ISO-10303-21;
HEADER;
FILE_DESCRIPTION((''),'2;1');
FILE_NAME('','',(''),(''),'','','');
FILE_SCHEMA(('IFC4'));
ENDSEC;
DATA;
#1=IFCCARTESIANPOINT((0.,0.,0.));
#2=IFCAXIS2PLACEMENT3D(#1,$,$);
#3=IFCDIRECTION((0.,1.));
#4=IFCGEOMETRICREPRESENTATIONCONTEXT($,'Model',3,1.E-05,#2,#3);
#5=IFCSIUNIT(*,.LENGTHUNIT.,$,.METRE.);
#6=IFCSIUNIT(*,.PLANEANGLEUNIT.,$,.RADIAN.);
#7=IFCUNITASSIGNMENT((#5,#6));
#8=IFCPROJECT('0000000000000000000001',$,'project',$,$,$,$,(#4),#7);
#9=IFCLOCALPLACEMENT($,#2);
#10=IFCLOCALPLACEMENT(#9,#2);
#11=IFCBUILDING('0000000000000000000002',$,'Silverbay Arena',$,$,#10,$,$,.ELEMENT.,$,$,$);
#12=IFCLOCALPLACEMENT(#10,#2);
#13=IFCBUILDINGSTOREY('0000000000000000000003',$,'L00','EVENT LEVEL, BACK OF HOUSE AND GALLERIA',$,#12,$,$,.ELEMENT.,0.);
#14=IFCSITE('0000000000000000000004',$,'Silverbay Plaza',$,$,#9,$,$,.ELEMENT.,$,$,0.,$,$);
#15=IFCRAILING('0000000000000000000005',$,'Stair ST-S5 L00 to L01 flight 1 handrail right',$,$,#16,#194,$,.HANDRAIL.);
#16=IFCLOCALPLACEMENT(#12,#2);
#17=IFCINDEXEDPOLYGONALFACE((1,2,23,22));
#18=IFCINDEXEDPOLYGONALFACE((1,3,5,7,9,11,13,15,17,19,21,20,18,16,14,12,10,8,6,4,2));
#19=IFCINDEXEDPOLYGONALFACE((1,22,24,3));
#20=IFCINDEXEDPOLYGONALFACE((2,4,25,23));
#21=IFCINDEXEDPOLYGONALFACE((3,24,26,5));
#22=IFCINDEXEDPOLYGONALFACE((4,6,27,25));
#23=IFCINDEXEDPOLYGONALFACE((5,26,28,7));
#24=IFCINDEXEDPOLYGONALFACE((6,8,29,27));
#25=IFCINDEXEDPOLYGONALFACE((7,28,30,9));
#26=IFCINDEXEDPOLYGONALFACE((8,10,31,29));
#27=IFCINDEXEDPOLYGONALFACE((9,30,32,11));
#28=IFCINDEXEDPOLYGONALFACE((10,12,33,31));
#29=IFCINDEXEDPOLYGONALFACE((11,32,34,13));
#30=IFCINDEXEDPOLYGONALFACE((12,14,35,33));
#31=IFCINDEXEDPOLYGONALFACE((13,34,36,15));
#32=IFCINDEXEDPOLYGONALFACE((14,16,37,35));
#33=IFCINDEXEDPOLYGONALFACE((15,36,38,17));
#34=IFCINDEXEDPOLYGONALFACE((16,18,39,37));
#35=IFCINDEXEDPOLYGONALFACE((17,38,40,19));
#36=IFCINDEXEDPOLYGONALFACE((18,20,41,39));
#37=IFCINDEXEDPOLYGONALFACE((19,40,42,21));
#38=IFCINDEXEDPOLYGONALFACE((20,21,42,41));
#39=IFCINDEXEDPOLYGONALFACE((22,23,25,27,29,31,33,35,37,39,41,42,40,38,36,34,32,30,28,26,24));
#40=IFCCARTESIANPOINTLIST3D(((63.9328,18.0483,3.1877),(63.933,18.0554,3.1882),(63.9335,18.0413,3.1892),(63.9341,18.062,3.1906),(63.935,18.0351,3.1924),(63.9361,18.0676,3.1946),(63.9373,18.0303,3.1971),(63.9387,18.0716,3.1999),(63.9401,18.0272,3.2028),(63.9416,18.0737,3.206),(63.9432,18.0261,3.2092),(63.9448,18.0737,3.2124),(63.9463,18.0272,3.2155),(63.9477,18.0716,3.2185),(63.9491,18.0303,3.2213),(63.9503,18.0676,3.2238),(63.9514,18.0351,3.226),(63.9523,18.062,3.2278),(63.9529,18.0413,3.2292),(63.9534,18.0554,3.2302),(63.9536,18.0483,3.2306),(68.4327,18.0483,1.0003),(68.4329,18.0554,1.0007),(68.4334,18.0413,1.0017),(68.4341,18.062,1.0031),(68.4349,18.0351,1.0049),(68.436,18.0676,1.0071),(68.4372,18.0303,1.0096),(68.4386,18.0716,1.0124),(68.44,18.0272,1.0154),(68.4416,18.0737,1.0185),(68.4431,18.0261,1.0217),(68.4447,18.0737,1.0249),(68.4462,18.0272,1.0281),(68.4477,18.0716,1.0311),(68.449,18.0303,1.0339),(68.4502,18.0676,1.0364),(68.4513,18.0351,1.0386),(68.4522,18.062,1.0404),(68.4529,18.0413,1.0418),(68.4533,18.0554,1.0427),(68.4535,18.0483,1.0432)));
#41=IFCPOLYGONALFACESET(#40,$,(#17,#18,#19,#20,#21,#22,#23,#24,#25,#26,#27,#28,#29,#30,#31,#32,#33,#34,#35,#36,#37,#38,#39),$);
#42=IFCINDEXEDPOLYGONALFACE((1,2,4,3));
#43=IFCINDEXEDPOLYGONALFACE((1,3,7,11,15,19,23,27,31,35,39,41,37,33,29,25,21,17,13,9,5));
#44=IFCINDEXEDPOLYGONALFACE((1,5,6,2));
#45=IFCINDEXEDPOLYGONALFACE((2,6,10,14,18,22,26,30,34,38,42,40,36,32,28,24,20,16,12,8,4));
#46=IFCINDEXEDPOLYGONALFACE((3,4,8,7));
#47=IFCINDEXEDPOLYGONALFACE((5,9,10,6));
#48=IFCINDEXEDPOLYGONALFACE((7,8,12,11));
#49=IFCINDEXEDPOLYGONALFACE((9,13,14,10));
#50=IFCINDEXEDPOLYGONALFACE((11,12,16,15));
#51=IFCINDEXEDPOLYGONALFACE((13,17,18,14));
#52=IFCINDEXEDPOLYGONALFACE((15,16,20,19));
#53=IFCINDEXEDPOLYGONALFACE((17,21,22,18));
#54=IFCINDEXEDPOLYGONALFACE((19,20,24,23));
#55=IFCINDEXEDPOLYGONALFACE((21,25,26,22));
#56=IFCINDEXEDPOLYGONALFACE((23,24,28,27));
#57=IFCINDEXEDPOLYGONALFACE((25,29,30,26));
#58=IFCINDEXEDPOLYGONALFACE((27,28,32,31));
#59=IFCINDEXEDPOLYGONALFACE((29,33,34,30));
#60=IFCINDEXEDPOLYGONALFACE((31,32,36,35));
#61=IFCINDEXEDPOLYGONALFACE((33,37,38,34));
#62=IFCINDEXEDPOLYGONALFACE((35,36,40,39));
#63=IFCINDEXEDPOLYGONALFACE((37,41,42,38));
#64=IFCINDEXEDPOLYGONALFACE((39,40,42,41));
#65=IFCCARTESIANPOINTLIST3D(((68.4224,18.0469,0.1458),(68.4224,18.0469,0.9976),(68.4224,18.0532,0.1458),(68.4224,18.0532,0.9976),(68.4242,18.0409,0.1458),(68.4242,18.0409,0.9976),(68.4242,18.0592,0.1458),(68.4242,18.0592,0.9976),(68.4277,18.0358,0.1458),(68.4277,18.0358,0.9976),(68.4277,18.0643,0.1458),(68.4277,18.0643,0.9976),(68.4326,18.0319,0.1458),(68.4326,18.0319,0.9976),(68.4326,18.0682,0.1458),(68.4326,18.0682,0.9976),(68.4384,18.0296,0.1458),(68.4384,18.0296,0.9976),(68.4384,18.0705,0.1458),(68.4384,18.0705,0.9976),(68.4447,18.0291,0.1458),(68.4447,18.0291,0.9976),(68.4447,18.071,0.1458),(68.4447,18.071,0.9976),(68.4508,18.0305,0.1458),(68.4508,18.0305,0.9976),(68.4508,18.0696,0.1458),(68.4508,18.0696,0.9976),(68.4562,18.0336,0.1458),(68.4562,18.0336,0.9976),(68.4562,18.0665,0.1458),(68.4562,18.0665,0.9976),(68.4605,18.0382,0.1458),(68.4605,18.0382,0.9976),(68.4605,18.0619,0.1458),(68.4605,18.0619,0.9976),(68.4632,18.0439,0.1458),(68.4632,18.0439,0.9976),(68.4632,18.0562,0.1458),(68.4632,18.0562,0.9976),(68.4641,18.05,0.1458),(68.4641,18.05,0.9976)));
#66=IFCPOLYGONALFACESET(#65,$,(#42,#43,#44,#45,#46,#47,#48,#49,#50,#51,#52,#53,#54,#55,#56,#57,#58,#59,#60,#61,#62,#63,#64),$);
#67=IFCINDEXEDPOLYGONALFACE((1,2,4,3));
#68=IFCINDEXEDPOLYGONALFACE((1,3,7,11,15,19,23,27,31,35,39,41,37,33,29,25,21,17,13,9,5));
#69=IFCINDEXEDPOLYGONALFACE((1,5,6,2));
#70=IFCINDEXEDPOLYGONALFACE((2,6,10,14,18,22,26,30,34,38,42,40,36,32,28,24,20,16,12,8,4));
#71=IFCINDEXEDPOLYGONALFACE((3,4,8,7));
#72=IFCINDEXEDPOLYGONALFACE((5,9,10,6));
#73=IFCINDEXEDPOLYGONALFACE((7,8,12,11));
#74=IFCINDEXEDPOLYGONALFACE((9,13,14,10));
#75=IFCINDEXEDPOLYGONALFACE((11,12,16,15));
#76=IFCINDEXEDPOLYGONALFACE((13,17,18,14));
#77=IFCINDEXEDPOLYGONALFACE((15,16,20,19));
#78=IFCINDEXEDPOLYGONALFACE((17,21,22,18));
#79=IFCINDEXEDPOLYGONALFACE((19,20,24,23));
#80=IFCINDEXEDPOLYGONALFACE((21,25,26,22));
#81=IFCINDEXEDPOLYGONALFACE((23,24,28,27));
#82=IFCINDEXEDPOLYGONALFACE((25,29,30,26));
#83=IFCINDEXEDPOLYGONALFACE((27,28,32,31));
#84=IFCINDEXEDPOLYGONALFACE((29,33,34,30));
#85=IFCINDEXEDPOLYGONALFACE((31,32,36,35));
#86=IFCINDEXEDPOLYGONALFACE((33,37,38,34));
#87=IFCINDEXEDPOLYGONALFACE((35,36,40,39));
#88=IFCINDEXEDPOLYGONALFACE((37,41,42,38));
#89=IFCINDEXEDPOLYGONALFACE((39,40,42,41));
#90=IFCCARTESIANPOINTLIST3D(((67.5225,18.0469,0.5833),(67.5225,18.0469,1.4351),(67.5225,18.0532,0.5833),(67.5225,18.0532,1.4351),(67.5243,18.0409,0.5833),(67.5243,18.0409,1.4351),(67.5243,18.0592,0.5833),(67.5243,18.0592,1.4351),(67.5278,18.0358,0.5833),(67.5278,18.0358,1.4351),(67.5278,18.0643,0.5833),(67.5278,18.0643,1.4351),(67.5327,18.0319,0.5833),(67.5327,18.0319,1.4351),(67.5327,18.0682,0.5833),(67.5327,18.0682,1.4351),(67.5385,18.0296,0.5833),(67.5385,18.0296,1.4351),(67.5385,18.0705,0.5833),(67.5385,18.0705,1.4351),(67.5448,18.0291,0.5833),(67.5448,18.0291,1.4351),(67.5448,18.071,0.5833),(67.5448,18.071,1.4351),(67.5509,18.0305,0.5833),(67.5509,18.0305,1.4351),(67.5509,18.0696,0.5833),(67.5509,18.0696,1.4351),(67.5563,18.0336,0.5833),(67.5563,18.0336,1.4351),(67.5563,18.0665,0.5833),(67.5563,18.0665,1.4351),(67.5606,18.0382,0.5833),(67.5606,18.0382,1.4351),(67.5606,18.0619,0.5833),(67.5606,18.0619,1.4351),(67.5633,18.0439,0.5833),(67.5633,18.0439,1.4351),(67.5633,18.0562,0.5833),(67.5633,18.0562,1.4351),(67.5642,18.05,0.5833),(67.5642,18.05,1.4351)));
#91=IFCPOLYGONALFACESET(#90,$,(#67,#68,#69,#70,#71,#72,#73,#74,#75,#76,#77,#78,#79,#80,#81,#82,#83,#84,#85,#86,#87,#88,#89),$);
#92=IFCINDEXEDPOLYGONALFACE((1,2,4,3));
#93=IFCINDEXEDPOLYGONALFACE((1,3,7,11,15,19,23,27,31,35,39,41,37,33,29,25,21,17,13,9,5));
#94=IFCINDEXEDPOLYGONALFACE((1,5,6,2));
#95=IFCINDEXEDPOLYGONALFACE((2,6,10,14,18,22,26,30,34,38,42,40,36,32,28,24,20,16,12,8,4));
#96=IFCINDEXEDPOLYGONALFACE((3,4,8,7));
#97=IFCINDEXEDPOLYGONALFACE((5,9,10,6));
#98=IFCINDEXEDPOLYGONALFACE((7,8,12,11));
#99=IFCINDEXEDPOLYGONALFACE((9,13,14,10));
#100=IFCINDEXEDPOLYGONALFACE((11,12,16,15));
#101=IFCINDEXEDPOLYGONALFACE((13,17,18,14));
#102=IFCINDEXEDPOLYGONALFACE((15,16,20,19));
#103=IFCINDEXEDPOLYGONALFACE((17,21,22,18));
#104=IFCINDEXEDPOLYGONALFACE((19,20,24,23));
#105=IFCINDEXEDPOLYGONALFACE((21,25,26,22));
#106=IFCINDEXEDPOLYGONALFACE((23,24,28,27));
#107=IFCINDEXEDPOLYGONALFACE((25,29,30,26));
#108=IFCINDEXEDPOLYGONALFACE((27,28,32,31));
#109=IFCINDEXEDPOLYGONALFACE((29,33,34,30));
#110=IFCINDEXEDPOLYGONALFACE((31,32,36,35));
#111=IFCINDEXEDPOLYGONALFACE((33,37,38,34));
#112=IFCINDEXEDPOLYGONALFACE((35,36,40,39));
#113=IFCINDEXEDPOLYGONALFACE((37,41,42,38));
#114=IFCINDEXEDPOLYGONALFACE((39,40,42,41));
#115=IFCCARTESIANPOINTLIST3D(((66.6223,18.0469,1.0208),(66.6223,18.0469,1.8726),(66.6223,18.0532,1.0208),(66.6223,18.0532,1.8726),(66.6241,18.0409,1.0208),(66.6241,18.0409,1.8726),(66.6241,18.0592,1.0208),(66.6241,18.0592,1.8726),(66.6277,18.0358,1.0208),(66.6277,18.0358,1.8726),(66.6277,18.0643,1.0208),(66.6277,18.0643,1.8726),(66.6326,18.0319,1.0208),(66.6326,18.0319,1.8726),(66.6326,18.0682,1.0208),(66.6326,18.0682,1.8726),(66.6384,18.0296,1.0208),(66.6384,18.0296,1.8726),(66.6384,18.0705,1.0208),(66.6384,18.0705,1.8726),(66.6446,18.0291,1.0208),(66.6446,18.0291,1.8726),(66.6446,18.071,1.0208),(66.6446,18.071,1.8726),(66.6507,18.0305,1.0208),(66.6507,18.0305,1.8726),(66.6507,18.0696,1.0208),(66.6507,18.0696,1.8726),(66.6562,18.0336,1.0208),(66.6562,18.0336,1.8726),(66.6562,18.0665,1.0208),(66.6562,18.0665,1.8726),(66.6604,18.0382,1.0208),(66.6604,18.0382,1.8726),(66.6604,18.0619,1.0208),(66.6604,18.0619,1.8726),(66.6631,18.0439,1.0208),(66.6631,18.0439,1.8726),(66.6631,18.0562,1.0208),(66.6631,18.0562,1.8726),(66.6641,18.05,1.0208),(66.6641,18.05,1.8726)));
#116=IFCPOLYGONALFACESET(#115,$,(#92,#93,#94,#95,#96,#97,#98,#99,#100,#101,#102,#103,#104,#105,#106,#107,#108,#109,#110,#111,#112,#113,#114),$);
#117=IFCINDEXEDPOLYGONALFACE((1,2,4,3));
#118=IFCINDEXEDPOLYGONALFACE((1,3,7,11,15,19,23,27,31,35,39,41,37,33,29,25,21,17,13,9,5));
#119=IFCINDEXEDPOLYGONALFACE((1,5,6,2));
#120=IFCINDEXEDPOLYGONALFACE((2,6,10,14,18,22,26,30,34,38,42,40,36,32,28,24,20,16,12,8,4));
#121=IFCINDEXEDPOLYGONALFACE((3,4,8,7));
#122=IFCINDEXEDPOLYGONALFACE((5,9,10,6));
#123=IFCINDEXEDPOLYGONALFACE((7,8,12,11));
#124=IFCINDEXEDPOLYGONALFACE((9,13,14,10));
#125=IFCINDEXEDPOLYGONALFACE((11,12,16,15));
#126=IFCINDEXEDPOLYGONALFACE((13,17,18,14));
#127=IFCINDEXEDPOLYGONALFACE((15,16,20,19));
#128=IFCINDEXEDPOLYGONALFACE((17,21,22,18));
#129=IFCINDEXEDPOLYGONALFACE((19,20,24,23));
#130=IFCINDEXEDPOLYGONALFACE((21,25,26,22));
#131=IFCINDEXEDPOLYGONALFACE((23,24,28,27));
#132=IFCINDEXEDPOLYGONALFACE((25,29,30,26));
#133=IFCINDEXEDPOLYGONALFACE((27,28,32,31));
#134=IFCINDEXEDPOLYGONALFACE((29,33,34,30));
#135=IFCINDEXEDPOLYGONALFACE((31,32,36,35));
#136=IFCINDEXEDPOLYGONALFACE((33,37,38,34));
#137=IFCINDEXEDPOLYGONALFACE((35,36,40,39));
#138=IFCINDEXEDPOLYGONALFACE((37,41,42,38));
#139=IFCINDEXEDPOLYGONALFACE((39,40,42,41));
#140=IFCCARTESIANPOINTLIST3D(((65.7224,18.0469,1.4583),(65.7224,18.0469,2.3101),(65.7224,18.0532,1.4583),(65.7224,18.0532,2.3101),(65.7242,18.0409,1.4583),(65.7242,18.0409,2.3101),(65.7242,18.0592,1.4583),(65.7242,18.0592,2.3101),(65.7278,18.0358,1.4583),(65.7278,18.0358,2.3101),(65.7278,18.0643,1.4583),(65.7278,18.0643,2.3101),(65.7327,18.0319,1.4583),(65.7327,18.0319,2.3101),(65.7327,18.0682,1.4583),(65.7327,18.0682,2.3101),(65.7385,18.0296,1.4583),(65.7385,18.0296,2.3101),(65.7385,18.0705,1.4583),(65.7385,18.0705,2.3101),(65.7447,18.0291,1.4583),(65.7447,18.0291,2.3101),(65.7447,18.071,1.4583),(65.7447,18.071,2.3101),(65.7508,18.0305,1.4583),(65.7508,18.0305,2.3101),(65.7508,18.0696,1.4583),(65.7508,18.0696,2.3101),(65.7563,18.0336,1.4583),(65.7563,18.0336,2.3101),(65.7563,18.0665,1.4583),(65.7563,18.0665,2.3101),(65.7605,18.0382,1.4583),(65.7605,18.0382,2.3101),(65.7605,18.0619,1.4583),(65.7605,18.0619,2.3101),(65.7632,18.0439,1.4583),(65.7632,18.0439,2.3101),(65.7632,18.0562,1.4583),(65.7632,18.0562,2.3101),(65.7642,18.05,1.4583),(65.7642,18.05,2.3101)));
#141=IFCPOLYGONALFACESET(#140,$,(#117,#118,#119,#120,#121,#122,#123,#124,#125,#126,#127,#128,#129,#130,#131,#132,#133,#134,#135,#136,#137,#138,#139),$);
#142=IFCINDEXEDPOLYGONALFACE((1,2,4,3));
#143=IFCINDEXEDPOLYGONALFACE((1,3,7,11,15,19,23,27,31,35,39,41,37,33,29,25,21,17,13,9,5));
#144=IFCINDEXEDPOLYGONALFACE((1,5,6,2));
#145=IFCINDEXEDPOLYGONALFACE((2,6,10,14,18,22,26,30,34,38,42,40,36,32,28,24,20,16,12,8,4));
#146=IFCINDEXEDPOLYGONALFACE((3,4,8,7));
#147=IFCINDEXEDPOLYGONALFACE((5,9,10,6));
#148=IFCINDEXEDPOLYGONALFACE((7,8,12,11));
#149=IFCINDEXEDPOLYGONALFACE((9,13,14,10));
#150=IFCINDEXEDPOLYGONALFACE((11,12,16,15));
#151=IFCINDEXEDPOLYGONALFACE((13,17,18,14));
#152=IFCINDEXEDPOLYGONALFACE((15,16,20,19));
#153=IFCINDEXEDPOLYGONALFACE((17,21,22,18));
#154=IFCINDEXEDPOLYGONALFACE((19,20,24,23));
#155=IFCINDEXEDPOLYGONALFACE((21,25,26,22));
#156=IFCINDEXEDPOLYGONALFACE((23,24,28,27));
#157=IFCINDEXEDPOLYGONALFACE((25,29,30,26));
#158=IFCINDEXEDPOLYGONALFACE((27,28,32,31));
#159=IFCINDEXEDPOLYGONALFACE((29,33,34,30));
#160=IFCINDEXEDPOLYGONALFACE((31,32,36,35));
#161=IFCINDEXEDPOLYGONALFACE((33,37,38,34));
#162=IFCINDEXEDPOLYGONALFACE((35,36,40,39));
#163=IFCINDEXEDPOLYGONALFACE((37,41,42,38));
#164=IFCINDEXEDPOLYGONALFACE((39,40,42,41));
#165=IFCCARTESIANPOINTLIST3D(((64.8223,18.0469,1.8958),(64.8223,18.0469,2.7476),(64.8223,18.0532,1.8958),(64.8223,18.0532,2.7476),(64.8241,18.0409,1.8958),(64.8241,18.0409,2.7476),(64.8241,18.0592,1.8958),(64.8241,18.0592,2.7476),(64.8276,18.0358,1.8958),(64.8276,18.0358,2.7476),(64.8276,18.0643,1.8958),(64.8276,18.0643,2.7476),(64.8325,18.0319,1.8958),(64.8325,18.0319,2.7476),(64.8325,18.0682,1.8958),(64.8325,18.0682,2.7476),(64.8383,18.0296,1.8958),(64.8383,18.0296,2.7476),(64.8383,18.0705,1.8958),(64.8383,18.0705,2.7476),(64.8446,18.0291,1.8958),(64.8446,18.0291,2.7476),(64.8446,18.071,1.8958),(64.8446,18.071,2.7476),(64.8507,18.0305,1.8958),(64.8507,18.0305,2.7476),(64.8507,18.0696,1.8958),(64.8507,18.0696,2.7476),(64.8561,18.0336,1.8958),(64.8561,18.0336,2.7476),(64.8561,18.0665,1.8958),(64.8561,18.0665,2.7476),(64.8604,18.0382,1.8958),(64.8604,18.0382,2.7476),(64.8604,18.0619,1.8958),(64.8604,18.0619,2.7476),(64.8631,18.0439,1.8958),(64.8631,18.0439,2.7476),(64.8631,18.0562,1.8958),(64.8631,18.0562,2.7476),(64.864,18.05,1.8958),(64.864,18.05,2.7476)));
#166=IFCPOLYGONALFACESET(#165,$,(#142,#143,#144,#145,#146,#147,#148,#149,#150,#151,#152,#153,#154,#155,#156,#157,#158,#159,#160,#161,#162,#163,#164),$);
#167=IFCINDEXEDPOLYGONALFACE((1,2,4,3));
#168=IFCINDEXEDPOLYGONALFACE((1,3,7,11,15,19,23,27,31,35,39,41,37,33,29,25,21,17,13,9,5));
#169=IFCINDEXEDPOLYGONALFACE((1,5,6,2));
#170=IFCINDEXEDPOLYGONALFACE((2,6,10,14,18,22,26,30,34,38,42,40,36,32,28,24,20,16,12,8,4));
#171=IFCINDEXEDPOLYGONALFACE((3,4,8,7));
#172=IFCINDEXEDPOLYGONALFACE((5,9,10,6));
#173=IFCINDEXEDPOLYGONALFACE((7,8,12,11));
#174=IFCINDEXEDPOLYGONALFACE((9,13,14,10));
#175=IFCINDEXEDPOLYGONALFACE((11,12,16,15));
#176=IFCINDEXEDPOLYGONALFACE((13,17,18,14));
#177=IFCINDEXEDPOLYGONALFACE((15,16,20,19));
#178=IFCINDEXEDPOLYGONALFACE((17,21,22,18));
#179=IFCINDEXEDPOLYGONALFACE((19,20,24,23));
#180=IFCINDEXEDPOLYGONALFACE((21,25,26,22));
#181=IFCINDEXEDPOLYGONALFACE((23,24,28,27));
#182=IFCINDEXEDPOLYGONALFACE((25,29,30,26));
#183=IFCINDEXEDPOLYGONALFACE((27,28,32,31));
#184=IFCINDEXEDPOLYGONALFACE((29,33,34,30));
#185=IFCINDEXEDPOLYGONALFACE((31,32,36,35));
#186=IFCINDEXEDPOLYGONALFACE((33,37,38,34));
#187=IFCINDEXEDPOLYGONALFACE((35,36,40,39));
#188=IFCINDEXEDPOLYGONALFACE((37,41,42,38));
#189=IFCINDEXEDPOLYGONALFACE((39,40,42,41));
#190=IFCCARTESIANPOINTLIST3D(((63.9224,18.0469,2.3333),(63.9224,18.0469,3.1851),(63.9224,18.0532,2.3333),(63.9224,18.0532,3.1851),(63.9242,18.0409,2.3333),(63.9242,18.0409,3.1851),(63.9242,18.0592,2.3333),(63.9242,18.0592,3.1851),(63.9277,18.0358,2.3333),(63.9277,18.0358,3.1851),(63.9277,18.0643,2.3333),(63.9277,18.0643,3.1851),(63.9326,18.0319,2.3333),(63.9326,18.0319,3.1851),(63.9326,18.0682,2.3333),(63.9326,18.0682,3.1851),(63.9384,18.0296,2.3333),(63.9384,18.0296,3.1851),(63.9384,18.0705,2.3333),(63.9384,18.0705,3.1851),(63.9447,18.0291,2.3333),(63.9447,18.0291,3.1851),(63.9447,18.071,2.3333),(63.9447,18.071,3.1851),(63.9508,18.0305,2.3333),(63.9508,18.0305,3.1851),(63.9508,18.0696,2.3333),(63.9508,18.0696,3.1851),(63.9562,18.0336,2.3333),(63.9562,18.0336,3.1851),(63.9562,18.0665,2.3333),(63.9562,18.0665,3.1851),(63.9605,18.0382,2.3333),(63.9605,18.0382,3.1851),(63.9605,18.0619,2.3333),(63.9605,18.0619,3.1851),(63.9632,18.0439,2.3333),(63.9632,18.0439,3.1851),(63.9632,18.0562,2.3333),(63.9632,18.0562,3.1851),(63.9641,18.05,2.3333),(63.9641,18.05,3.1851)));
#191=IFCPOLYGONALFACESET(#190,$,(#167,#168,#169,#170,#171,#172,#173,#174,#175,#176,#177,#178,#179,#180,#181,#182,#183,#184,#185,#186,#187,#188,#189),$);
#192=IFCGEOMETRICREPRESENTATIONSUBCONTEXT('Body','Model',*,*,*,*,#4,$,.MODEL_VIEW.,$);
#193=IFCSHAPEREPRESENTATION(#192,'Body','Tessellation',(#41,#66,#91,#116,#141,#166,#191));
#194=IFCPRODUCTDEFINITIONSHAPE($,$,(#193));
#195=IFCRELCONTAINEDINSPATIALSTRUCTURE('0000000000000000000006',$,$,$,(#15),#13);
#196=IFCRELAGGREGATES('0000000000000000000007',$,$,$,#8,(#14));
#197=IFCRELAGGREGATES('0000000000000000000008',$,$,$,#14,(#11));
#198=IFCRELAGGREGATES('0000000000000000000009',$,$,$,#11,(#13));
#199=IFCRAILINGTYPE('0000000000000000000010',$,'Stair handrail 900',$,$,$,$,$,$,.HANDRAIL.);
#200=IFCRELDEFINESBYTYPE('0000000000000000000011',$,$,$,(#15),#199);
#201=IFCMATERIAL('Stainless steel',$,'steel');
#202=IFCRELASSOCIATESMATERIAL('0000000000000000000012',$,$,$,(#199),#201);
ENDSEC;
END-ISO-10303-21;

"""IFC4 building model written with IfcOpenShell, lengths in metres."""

from ifc_helpers import new_model, si_unit, direction, frame, origin, origin_2d, place, context, subcontext, project, spatial, circle, extrude, material, type_object, element, save


model = new_model("IFC4")

# Units and contexts
model_context = context("Model", 3, precision=1e-05, world=origin(), true_north=direction((0.0, 1.0)))
body_context = subcontext(model_context, "Body", "Model", "MODEL_VIEW")
ifc_project = project(units=[si_unit("LENGTHUNIT", "METRE"), si_unit("PLANEANGLEUNIT", "RADIAN")], contexts=[model_context])

# Site, building, storey
site_placement = place(None, origin())
site = spatial("IfcSite", under=ifc_project, at=site_placement, Name="Silverbay Plaza", CompositionType="ELEMENT", RefElevation=0.0)
building_placement = place(site_placement, origin())
building = spatial("IfcBuilding", under=site, at=building_placement, Name="Silverbay Arena", CompositionType="ELEMENT")
storey_placement = place(building_placement, origin())
storey = spatial("IfcBuildingStorey", under=building, at=storey_placement, Name="L00", Description="EVENT LEVEL, BACK OF HOUSE AND GALLERIA", CompositionType="ELEMENT", Elevation=0.0)

# Railing
ifc_material_1 = material(Name="Stainless steel", Category="steel")
railing_type = type_object("IfcRailingType", Name="Stair handrail 900", PredefinedType="HANDRAIL", material=ifc_material_1)
railing_1_placement = place(storey_placement, frame((68.4431, 18.05, 0.1458)))
element("IfcRailing", 1, at=railing_1_placement, inside=storey, type_object=railing_type, Name="Stair ST-S5 L00 to L01 flight 1 handrail right", PredefinedType="HANDRAIL", context=body_context, shape_type="SweptSolid", body=[
    extrude(circle(Radius=0.0239, at=origin_2d()), frame((0.0, 0.0, 0.876), z_axis=(-0.899368, 0.0, 0.437193), x_axis=(0.0, -1.0, 0.0)), (0.0, 0.0, 1.0), 5.0034),
    extrude(circle(Radius=0.021, at=origin_2d()), origin(), (0.0, 0.0, 1.0), 0.8518),
    extrude(circle(Radius=0.021, at=origin_2d()), frame((-0.8999, 0.0, 0.4375)), (0.0, 0.0, 1.0), 0.8518),
    extrude(circle(Radius=0.021, at=origin_2d()), frame((-1.8, 0.0, 0.875)), (0.0, 0.0, 1.0), 0.8518),
    extrude(circle(Radius=0.021, at=origin_2d()), frame((-2.7, 0.0, 1.3125)), (0.0, 0.0, 1.0), 0.8518),
    extrude(circle(Radius=0.021, at=origin_2d()), frame((-3.6001, 0.0, 1.75)), (0.0, 0.0, 1.0), 0.8518),
    extrude(circle(Radius=0.021, at=origin_2d()), frame((-4.5, 0.0, 2.1875)), (0.0, 0.0, 1.0), 0.8518),
])

save(model, "model.ifc")
